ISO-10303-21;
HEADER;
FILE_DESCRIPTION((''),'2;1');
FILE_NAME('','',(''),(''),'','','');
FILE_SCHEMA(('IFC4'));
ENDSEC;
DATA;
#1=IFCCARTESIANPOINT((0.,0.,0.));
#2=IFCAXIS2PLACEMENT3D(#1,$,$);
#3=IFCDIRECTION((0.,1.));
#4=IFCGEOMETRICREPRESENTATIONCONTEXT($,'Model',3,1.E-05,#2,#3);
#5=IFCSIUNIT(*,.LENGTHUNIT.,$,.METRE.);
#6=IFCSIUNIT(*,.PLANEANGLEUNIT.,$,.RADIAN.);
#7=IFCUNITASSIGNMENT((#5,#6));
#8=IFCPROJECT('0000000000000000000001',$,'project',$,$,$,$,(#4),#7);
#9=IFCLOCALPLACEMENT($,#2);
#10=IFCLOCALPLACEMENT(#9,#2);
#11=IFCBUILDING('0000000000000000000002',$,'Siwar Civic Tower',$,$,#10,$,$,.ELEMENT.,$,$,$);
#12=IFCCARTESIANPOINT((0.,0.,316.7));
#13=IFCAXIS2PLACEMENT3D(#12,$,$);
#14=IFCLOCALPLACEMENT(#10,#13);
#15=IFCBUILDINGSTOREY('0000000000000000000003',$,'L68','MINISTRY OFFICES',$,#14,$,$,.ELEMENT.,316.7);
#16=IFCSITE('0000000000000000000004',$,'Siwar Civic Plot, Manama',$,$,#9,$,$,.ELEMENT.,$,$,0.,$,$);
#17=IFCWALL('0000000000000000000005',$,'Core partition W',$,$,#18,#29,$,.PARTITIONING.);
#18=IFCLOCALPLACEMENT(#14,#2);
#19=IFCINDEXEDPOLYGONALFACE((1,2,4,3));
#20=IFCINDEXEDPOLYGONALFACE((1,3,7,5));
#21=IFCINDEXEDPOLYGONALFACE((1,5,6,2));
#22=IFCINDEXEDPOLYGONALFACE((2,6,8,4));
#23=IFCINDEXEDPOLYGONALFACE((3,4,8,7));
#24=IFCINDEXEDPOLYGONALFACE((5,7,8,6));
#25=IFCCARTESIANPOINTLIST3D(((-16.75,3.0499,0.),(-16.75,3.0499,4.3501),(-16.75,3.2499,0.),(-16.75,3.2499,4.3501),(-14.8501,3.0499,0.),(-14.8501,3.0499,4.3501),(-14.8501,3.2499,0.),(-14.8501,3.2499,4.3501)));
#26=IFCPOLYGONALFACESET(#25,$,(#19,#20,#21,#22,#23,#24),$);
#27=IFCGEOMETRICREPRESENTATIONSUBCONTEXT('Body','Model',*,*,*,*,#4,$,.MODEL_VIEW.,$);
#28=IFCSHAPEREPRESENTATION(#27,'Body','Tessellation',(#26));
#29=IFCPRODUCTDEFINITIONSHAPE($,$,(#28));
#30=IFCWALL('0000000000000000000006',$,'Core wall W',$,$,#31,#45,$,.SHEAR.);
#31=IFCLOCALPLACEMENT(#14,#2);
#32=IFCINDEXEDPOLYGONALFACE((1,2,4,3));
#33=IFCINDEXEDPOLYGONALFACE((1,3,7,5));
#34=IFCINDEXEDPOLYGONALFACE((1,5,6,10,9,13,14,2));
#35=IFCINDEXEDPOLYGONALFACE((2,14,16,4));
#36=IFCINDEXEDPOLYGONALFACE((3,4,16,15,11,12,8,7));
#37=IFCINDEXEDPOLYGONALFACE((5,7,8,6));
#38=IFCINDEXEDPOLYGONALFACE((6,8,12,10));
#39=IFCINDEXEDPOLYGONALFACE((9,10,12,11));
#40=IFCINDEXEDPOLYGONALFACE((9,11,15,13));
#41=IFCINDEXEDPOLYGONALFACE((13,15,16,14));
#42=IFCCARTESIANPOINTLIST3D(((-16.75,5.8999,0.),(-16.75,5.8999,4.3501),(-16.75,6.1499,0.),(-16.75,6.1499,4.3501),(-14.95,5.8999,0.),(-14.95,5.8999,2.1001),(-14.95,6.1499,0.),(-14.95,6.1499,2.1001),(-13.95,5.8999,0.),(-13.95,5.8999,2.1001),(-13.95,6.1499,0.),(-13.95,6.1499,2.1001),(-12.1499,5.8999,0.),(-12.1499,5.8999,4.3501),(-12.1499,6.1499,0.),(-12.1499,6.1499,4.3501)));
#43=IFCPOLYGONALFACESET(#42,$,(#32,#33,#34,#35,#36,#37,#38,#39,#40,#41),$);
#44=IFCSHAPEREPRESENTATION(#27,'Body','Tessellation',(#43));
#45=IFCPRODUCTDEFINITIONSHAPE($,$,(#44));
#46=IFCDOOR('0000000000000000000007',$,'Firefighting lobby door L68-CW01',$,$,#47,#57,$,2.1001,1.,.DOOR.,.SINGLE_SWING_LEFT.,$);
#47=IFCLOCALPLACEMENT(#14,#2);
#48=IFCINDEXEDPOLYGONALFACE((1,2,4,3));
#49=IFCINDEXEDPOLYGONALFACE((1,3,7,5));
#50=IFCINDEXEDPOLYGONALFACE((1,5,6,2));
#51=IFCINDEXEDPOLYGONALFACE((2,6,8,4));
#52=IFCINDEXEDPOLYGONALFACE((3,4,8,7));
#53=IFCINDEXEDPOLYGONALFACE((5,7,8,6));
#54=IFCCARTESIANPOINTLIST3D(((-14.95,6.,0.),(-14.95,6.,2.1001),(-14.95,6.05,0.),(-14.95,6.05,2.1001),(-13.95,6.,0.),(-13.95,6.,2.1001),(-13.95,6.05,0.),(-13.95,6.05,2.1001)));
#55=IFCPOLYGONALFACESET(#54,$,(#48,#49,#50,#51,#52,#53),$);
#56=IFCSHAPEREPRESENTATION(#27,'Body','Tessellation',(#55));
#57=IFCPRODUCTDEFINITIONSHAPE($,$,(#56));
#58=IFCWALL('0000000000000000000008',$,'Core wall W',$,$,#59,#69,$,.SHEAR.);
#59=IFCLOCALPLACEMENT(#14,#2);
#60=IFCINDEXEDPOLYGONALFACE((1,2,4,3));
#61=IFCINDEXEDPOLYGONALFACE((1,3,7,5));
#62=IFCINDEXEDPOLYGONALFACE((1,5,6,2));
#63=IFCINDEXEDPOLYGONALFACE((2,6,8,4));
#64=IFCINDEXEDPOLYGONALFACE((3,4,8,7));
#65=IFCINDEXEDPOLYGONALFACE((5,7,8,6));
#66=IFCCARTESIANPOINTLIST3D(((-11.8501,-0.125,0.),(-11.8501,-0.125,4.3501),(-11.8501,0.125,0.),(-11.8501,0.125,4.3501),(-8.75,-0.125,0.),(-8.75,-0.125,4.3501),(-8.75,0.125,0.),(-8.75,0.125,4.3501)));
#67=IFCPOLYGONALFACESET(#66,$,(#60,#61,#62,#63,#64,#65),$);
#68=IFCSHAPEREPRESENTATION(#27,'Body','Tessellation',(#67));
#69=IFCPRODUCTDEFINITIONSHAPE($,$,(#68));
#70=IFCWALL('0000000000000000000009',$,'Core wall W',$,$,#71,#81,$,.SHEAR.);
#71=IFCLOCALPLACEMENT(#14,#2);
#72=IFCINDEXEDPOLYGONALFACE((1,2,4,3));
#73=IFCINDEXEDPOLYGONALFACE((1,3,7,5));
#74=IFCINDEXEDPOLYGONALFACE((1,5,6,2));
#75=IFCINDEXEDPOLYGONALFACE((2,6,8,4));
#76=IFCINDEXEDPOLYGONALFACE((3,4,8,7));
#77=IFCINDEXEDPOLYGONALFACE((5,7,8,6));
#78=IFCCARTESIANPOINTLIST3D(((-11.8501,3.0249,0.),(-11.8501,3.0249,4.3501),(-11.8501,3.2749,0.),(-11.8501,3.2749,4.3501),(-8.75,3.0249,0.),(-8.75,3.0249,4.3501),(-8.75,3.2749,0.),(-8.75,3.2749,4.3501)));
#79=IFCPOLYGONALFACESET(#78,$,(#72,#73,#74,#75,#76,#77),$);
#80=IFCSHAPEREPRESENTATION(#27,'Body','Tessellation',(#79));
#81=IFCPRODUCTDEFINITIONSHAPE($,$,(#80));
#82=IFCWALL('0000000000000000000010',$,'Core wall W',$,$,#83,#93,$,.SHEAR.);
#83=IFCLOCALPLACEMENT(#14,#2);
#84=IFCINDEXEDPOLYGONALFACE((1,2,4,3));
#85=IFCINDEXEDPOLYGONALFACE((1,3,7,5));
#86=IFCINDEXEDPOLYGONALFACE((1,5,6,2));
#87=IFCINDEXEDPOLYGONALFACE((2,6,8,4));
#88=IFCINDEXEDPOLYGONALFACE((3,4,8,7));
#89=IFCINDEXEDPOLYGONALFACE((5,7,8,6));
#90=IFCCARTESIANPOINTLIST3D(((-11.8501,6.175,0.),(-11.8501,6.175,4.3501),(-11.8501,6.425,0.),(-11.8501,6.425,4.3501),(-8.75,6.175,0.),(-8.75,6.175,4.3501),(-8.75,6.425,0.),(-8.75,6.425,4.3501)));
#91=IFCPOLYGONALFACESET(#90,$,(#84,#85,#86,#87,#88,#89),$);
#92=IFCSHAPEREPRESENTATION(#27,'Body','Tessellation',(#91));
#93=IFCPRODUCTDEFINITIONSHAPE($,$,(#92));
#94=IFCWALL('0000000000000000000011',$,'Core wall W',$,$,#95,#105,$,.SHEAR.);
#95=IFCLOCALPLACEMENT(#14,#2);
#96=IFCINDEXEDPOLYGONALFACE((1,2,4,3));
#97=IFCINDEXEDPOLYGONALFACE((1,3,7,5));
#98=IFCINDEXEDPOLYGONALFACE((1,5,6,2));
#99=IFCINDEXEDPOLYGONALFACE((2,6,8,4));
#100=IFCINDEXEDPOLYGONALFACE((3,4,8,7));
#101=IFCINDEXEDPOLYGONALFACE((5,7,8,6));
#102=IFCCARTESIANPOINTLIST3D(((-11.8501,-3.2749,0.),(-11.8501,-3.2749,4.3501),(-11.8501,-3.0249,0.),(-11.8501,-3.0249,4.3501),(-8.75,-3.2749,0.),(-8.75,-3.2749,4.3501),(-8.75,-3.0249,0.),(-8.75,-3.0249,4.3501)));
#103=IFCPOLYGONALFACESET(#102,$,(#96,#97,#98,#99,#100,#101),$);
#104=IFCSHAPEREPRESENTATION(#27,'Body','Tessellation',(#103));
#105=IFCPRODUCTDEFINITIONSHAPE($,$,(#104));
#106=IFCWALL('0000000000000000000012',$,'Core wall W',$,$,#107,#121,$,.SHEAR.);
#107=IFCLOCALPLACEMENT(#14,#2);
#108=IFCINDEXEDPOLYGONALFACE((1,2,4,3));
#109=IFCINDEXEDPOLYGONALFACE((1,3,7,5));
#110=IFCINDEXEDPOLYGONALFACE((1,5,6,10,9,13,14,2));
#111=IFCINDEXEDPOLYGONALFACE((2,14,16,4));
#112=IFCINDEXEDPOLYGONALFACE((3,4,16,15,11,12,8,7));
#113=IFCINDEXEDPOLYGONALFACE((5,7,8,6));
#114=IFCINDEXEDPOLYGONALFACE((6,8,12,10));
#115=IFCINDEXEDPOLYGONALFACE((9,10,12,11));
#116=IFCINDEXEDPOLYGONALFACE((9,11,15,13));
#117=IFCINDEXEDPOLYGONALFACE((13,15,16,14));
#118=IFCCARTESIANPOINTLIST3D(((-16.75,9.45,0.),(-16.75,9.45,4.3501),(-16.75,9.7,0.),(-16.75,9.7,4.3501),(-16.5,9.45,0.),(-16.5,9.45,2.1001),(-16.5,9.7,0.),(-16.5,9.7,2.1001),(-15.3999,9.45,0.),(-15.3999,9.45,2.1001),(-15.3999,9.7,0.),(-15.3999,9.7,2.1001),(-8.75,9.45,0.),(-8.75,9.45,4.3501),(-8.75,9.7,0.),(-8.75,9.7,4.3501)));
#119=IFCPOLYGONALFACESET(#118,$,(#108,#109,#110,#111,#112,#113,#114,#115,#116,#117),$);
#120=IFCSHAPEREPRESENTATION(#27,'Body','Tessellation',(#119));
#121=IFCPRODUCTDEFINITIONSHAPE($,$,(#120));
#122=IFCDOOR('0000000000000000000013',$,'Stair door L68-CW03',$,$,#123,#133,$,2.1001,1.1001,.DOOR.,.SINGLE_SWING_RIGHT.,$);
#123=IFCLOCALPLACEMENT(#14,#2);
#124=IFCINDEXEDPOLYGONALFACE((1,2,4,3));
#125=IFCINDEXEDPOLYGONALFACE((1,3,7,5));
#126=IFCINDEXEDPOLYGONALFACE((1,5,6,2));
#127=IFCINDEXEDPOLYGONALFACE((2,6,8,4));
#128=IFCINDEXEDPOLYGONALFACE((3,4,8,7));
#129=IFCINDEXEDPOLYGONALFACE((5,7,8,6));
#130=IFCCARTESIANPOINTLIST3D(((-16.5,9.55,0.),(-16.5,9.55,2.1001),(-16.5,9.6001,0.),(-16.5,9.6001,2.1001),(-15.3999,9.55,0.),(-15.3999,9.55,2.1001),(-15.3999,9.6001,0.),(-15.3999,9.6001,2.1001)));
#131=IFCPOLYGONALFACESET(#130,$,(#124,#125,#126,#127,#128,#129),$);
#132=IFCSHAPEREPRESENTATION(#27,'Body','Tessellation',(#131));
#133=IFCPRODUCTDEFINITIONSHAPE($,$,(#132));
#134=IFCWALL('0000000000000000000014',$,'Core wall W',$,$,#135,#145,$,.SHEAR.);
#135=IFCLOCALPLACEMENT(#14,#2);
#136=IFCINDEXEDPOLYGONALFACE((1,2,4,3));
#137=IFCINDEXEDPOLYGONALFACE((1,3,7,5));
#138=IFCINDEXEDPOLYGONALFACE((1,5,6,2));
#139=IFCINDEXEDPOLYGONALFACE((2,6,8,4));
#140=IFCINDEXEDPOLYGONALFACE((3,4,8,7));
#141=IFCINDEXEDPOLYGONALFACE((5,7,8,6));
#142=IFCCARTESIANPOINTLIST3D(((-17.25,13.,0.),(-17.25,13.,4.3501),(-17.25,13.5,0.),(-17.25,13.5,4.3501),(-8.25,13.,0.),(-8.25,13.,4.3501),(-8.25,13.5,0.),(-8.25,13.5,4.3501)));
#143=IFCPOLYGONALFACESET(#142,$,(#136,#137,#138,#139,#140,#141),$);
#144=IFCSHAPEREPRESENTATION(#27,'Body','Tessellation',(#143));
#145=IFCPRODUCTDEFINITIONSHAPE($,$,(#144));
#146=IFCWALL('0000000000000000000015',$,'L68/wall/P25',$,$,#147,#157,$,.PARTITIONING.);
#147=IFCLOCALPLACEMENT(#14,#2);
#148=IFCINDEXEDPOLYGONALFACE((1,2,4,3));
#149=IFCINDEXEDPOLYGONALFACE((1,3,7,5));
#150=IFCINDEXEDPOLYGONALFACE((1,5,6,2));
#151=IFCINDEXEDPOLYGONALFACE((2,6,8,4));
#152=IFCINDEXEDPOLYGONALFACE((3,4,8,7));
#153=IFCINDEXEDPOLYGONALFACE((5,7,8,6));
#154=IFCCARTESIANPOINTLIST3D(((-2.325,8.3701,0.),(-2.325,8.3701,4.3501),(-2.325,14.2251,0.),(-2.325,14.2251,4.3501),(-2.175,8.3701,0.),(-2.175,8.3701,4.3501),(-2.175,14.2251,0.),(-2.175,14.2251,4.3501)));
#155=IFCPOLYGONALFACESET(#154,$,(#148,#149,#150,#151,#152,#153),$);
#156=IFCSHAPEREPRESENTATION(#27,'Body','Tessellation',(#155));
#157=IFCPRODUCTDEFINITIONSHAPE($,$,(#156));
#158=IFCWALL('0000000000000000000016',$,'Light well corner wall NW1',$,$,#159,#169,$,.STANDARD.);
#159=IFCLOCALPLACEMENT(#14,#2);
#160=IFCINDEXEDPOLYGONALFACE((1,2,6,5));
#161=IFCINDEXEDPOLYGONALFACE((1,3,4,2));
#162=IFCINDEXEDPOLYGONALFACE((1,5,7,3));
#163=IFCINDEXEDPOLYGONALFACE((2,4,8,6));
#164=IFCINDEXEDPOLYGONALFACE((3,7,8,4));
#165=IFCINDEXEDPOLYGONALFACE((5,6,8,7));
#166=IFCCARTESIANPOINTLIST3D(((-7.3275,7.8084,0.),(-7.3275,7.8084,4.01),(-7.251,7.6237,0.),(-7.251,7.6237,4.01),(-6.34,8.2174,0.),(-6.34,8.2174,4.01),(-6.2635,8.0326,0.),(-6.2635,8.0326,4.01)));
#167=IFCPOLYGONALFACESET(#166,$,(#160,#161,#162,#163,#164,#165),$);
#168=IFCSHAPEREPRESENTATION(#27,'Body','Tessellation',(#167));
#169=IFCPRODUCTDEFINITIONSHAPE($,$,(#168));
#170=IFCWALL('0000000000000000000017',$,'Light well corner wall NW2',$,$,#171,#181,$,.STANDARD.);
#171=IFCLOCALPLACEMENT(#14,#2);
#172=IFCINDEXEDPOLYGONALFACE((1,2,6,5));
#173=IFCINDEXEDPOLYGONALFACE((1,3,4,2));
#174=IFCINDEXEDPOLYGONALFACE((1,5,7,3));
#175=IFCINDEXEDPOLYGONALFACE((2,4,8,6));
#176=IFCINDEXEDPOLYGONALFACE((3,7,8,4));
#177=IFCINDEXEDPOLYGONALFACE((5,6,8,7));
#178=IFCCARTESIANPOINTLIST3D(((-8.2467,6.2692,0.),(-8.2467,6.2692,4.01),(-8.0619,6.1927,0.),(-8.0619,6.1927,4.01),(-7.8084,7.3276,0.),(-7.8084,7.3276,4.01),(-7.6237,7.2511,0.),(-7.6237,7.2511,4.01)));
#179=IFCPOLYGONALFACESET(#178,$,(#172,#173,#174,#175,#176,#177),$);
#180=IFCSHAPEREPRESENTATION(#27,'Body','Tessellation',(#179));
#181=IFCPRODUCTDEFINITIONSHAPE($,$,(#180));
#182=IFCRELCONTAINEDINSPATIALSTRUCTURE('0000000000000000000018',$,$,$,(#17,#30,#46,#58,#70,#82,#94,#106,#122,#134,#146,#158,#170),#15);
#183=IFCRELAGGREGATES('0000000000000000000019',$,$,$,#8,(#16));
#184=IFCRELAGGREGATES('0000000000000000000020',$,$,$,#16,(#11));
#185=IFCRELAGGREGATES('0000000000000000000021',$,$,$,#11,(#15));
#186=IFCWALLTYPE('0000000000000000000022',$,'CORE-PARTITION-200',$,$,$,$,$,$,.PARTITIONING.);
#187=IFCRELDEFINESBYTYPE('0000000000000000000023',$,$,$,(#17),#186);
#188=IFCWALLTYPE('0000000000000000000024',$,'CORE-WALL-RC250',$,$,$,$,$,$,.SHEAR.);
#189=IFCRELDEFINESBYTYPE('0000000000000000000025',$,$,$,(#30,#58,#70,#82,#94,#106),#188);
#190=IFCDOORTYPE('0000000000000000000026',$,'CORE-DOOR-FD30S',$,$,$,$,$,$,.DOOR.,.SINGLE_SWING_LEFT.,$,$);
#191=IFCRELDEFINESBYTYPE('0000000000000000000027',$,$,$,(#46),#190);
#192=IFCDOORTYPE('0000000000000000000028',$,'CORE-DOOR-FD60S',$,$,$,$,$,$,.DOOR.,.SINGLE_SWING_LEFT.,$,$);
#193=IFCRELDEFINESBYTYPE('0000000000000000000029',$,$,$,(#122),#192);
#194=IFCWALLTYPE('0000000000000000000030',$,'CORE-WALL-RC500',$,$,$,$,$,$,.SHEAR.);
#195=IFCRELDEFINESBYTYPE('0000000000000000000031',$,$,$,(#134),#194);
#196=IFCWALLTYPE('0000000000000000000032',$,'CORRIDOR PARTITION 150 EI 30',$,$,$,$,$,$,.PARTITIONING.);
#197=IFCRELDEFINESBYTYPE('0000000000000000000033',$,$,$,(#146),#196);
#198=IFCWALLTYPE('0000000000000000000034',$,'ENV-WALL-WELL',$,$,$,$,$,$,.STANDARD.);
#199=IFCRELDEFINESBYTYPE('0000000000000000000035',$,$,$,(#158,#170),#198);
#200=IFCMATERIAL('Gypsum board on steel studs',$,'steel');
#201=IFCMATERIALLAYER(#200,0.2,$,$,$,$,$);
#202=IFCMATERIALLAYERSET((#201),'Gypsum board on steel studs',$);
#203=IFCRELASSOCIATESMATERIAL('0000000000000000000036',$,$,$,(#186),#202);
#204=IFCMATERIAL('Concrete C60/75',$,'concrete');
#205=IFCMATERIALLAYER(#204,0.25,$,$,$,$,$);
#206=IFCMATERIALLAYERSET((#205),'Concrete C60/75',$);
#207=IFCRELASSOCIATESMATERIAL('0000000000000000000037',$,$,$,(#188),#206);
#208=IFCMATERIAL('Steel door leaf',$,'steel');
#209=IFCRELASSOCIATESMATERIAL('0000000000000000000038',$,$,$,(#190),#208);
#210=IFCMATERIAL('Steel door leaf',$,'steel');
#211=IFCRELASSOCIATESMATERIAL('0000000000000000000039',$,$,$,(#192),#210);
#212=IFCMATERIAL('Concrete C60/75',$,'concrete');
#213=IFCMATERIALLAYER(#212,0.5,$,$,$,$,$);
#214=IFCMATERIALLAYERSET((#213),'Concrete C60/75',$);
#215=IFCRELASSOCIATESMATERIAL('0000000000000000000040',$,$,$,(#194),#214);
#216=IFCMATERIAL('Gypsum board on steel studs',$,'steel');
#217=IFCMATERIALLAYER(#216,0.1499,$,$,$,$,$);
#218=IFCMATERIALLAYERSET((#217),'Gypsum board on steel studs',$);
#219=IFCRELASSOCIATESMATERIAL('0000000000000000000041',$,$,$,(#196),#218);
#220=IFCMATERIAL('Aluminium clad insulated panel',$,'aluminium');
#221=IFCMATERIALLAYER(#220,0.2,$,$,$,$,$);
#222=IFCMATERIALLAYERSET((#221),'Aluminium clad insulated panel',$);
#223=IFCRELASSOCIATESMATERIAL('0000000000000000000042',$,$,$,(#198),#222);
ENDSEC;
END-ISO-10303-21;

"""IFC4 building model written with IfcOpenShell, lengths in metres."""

from ifc_helpers import new_model, si_unit, direction, frame, frame_2d, origin, place, context, subcontext, project, spatial, rectangle, extrude, material, layer, layer_set, type_object, element, fill, save


model = new_model("IFC4")

# Units and contexts
model_context = context("Model", 3, precision=1e-05, world=origin(), true_north=direction((0.0, 1.0)))
body_context = subcontext(model_context, "Body", "Model", "MODEL_VIEW")
ifc_project = project(units=[si_unit("LENGTHUNIT", "METRE"), si_unit("PLANEANGLEUNIT", "RADIAN")], contexts=[model_context])

# Site, building, storey
site_placement = place(None, origin())
site = spatial("IfcSite", under=ifc_project, at=site_placement, Name="Siwar Civic Plot, Manama", CompositionType="ELEMENT", RefElevation=0.0)
building_placement = place(site_placement, origin())
building = spatial("IfcBuilding", under=site, at=building_placement, Name="Siwar Civic Tower", CompositionType="ELEMENT")
storey_placement = place(building_placement, frame((0.0, 0.0, 316.7)))
storey = spatial("IfcBuildingStorey", under=building, at=storey_placement, Name="L68", Description="MINISTRY OFFICES", CompositionType="ELEMENT", Elevation=316.7)

# Shared definitions
ifc_material_1 = material(Name="Gypsum board on steel studs", Category="steel")
ifc_layer_1 = layer(ifc_material_1, 0.2)
ifc_layer_set_1 = layer_set([ifc_layer_1], Name="Gypsum board on steel studs")
wall_type_1 = type_object("IfcWallType", Name="CORE-PARTITION-200", PredefinedType="PARTITIONING", material=ifc_layer_set_1)

# Wall
wall_1_placement = place(storey_placement, frame((-14.8501, 3.1499, 0.0), z_axis=(0.0, 0.0, 1.0), x_axis=(-1.0, 0.0, 0.0)))
element("IfcWall", 1, at=wall_1_placement, inside=storey, type_object=wall_type_1, Name="Core partition W", PredefinedType="PARTITIONING", context=body_context, shape_type="SweptSolid", body=[
    extrude(rectangle(XDim=1.8999, YDim=0.2, at=frame_2d((0.95, 0.0))), origin(), (0.0, 0.0, 1.0), 4.3501),
])

# Wall, opening, door
ifc_material_2 = material(Name="Concrete C60/75", Category="concrete")
ifc_layer_2 = layer(ifc_material_2, 0.25)
ifc_layer_set_2 = layer_set([ifc_layer_2], Name="Concrete C60/75")
wall_type_2 = type_object("IfcWallType", Name="CORE-WALL-RC250", PredefinedType="SHEAR", material=ifc_layer_set_2)
wall_2_placement = place(storey_placement, frame((-12.1499, 6.0249, 0.0), z_axis=(0.0, 0.0, 1.0), x_axis=(-1.0, 0.0, 0.0)))
wall_2 = element("IfcWall", 2, at=wall_2_placement, inside=storey, type_object=wall_type_2, Name="Core wall W", PredefinedType="SHEAR", context=body_context, shape_type="SweptSolid", body=[
    extrude(rectangle(XDim=4.6001, YDim=0.25, at=frame_2d((2.3, 0.0))), origin(), (0.0, 0.0, 1.0), 4.3501),
])
opening_1_placement = place(wall_2_placement, frame((1.8, 0.0, 0.0)))
opening_1 = element("IfcOpeningElement", 3, at=opening_1_placement, cuts=wall_2, PredefinedType="OPENING", context=body_context, shape_type="SweptSolid", body=[
    extrude(rectangle(XDim=1.0, YDim=2.1001, at=frame_2d((0.5, 1.05))), frame((0.0, 0.135, 0.0), z_axis=(0.0, -1.0, 0.0), x_axis=(1.0, 0.0, 0.0)), (0.0, 0.0, 1.0), 0.27),
])
ifc_material_3 = material(Name="Steel door leaf", Category="steel")
door_type_1 = type_object("IfcDoorType", Name="CORE-DOOR-FD30S", OperationType="SINGLE_SWING_LEFT", PredefinedType="DOOR", material=ifc_material_3)
door_1_placement = place(opening_1_placement, origin())
door_1 = element("IfcDoor", 4, at=door_1_placement, inside=storey, type_object=door_type_1, Name="Firefighting lobby door L68-CW01", OperationType="SINGLE_SWING_LEFT", OverallHeight=2.1001, OverallWidth=1.0, PredefinedType="DOOR", context=body_context, shape_type="SweptSolid", body=[
    extrude(rectangle(XDim=1.0, YDim=2.1001, at=frame_2d((0.5, 1.05))), frame((0.0, 0.0249, 0.0), z_axis=(0.0, -1.0, 0.0), x_axis=(1.0, 0.0, 0.0)), (0.0, 0.0, 1.0), 0.05),
])
fill(opening_1, door_1)

# Walls
for number, where, z_axis, x_axis, name in (
    (5, (-8.75, 0.0, 0.0), (0.0, 0.0, 1.0), (-1.0, 0.0, 0.0), "Core wall W"),
    (6, (-8.75, 3.1499, 0.0), (0.0, 0.0, 1.0), (-1.0, 0.0, 0.0), "Core wall W"),
    (7, (-8.75, 6.3, 0.0), (0.0, 0.0, 1.0), (-1.0, 0.0, 0.0), "Core wall W"),
    (8, (-8.75, -3.1499, 0.0), (0.0, 0.0, 1.0), (-1.0, 0.0, 0.0), "Core wall W"),
):
    element("IfcWall", number, at=place(storey_placement, frame(where, z_axis=z_axis, x_axis=x_axis)), inside=storey, type_object=wall_type_2, Name=name, PredefinedType="SHEAR", context=body_context, shape_type="SweptSolid", body=[
        extrude(rectangle(XDim=3.1001, YDim=0.25, at=frame_2d((1.55, 0.0))), origin(), (0.0, 0.0, 1.0), 4.3501),
    ])

# Wall, opening, door
wall_3_placement = place(storey_placement, frame((-8.75, 9.575, 0.0), z_axis=(0.0, 0.0, 1.0), x_axis=(-1.0, 0.0, 0.0)))
wall_3 = element("IfcWall", 9, at=wall_3_placement, inside=storey, type_object=wall_type_2, Name="Core wall W", PredefinedType="SHEAR", context=body_context, shape_type="SweptSolid", body=[
    extrude(rectangle(XDim=8.0, YDim=0.25, at=frame_2d((4.0, 0.0))), origin(), (0.0, 0.0, 1.0), 4.3501),
])
opening_2_placement = place(wall_3_placement, frame((6.6499, 0.0, 0.0)))
opening_2 = element("IfcOpeningElement", 10, at=opening_2_placement, cuts=wall_3, PredefinedType="OPENING", context=body_context, shape_type="SweptSolid", body=[
    extrude(rectangle(XDim=1.1001, YDim=2.1001, at=frame_2d((0.55, 1.05))), frame((0.0, 0.135, 0.0), z_axis=(0.0, -1.0, 0.0), x_axis=(1.0, 0.0, 0.0)), (0.0, 0.0, 1.0), 0.27),
])
ifc_material_4 = material(Name="Steel door leaf", Category="steel")
door_type_2 = type_object("IfcDoorType", Name="CORE-DOOR-FD60S", OperationType="SINGLE_SWING_LEFT", PredefinedType="DOOR", material=ifc_material_4)
door_2_placement = place(opening_2_placement, origin())
door_2 = element("IfcDoor", 11, at=door_2_placement, inside=storey, type_object=door_type_2, Name="Stair door L68-CW03", OperationType="SINGLE_SWING_RIGHT", OverallHeight=2.1001, OverallWidth=1.1001, PredefinedType="DOOR", context=body_context, shape_type="SweptSolid", body=[
    extrude(rectangle(XDim=1.1001, YDim=2.1001, at=frame_2d((0.55, 1.05))), frame((0.0, 0.0249, 0.0), z_axis=(0.0, -1.0, 0.0), x_axis=(1.0, 0.0, 0.0)), (0.0, 0.0, 1.0), 0.05),
])
fill(opening_2, door_2)

# Walls
ifc_material_5 = material(Name="Concrete C60/75", Category="concrete")
ifc_layer_3 = layer(ifc_material_5, 0.5)
ifc_layer_set_3 = layer_set([ifc_layer_3], Name="Concrete C60/75")
wall_type_3 = type_object("IfcWallType", Name="CORE-WALL-RC500", PredefinedType="SHEAR", material=ifc_layer_set_3)
wall_4_placement = place(storey_placement, frame((-8.25, 13.25, 0.0), z_axis=(0.0, 0.0, 1.0), x_axis=(-1.0, 0.0, 0.0)))
element("IfcWall", 12, at=wall_4_placement, inside=storey, type_object=wall_type_3, Name="Core wall W", PredefinedType="SHEAR", context=body_context, shape_type="SweptSolid", body=[
    extrude(rectangle(XDim=9.0, YDim=0.5, at=frame_2d((4.5, 0.0))), origin(), (0.0, 0.0, 1.0), 4.3501),
])
ifc_material_6 = material(Name="Gypsum board on steel studs", Category="steel")
ifc_layer_4 = layer(ifc_material_6, 0.1499)
ifc_layer_set_4 = layer_set([ifc_layer_4], Name="Gypsum board on steel studs")
wall_type_4 = type_object("IfcWallType", Name="CORRIDOR PARTITION 150 EI 30", PredefinedType="PARTITIONING", material=ifc_layer_set_4)
wall_5_placement = place(storey_placement, frame((-2.25, 8.3701, 0.0), z_axis=(0.0, 0.0, 1.0), x_axis=(0.0, 1.0, 0.0)))
element("IfcWall", 13, at=wall_5_placement, inside=storey, type_object=wall_type_4, Name="L68/wall/P25", PredefinedType="PARTITIONING", context=body_context, shape_type="SweptSolid", body=[
    extrude(rectangle(XDim=5.855, YDim=0.1499, at=frame_2d((2.9275, 0.0))), origin(), (0.0, 0.0, 1.0), 4.3501),
])
ifc_material_7 = material(Name="Aluminium clad insulated panel", Category="aluminium")
ifc_layer_5 = layer(ifc_material_7, 0.2)
ifc_layer_set_5 = layer_set([ifc_layer_5], Name="Aluminium clad insulated panel")
wall_type_5 = type_object("IfcWallType", Name="ENV-WALL-WELL", PredefinedType="STANDARD", material=ifc_layer_set_5)
wall_6_placement = place(storey_placement, frame((-6.3018, 8.125, 0.0), z_axis=(0.0, 0.0, 1.0), x_axis=(-0.923919, -0.382587, 0.0)))
element("IfcWall", 14, at=wall_6_placement, inside=storey, type_object=wall_type_5, Name="Light well corner wall NW1", PredefinedType="STANDARD", context=body_context, shape_type="SweptSolid", body=[
    extrude(rectangle(XDim=1.0688, YDim=0.2, at=frame_2d((0.5344, 0.0))), origin(), (0.0, 0.0, 1.0), 4.01),
])
wall_7_placement = place(storey_placement, frame((-7.7161, 7.2893, 0.0), z_axis=(0.0, 0.0, 1.0), x_axis=(-0.382571, -0.923926, 0.0)))
element("IfcWall", 15, at=wall_7_placement, inside=storey, type_object=wall_type_5, Name="Light well corner wall NW2", PredefinedType="STANDARD", context=body_context, shape_type="SweptSolid", body=[
    extrude(rectangle(XDim=1.1455, YDim=0.2, at=frame_2d((0.5728, 0.0))), origin(), (0.0, 0.0, 1.0), 4.01),
])

save(model, "model.ifc")
